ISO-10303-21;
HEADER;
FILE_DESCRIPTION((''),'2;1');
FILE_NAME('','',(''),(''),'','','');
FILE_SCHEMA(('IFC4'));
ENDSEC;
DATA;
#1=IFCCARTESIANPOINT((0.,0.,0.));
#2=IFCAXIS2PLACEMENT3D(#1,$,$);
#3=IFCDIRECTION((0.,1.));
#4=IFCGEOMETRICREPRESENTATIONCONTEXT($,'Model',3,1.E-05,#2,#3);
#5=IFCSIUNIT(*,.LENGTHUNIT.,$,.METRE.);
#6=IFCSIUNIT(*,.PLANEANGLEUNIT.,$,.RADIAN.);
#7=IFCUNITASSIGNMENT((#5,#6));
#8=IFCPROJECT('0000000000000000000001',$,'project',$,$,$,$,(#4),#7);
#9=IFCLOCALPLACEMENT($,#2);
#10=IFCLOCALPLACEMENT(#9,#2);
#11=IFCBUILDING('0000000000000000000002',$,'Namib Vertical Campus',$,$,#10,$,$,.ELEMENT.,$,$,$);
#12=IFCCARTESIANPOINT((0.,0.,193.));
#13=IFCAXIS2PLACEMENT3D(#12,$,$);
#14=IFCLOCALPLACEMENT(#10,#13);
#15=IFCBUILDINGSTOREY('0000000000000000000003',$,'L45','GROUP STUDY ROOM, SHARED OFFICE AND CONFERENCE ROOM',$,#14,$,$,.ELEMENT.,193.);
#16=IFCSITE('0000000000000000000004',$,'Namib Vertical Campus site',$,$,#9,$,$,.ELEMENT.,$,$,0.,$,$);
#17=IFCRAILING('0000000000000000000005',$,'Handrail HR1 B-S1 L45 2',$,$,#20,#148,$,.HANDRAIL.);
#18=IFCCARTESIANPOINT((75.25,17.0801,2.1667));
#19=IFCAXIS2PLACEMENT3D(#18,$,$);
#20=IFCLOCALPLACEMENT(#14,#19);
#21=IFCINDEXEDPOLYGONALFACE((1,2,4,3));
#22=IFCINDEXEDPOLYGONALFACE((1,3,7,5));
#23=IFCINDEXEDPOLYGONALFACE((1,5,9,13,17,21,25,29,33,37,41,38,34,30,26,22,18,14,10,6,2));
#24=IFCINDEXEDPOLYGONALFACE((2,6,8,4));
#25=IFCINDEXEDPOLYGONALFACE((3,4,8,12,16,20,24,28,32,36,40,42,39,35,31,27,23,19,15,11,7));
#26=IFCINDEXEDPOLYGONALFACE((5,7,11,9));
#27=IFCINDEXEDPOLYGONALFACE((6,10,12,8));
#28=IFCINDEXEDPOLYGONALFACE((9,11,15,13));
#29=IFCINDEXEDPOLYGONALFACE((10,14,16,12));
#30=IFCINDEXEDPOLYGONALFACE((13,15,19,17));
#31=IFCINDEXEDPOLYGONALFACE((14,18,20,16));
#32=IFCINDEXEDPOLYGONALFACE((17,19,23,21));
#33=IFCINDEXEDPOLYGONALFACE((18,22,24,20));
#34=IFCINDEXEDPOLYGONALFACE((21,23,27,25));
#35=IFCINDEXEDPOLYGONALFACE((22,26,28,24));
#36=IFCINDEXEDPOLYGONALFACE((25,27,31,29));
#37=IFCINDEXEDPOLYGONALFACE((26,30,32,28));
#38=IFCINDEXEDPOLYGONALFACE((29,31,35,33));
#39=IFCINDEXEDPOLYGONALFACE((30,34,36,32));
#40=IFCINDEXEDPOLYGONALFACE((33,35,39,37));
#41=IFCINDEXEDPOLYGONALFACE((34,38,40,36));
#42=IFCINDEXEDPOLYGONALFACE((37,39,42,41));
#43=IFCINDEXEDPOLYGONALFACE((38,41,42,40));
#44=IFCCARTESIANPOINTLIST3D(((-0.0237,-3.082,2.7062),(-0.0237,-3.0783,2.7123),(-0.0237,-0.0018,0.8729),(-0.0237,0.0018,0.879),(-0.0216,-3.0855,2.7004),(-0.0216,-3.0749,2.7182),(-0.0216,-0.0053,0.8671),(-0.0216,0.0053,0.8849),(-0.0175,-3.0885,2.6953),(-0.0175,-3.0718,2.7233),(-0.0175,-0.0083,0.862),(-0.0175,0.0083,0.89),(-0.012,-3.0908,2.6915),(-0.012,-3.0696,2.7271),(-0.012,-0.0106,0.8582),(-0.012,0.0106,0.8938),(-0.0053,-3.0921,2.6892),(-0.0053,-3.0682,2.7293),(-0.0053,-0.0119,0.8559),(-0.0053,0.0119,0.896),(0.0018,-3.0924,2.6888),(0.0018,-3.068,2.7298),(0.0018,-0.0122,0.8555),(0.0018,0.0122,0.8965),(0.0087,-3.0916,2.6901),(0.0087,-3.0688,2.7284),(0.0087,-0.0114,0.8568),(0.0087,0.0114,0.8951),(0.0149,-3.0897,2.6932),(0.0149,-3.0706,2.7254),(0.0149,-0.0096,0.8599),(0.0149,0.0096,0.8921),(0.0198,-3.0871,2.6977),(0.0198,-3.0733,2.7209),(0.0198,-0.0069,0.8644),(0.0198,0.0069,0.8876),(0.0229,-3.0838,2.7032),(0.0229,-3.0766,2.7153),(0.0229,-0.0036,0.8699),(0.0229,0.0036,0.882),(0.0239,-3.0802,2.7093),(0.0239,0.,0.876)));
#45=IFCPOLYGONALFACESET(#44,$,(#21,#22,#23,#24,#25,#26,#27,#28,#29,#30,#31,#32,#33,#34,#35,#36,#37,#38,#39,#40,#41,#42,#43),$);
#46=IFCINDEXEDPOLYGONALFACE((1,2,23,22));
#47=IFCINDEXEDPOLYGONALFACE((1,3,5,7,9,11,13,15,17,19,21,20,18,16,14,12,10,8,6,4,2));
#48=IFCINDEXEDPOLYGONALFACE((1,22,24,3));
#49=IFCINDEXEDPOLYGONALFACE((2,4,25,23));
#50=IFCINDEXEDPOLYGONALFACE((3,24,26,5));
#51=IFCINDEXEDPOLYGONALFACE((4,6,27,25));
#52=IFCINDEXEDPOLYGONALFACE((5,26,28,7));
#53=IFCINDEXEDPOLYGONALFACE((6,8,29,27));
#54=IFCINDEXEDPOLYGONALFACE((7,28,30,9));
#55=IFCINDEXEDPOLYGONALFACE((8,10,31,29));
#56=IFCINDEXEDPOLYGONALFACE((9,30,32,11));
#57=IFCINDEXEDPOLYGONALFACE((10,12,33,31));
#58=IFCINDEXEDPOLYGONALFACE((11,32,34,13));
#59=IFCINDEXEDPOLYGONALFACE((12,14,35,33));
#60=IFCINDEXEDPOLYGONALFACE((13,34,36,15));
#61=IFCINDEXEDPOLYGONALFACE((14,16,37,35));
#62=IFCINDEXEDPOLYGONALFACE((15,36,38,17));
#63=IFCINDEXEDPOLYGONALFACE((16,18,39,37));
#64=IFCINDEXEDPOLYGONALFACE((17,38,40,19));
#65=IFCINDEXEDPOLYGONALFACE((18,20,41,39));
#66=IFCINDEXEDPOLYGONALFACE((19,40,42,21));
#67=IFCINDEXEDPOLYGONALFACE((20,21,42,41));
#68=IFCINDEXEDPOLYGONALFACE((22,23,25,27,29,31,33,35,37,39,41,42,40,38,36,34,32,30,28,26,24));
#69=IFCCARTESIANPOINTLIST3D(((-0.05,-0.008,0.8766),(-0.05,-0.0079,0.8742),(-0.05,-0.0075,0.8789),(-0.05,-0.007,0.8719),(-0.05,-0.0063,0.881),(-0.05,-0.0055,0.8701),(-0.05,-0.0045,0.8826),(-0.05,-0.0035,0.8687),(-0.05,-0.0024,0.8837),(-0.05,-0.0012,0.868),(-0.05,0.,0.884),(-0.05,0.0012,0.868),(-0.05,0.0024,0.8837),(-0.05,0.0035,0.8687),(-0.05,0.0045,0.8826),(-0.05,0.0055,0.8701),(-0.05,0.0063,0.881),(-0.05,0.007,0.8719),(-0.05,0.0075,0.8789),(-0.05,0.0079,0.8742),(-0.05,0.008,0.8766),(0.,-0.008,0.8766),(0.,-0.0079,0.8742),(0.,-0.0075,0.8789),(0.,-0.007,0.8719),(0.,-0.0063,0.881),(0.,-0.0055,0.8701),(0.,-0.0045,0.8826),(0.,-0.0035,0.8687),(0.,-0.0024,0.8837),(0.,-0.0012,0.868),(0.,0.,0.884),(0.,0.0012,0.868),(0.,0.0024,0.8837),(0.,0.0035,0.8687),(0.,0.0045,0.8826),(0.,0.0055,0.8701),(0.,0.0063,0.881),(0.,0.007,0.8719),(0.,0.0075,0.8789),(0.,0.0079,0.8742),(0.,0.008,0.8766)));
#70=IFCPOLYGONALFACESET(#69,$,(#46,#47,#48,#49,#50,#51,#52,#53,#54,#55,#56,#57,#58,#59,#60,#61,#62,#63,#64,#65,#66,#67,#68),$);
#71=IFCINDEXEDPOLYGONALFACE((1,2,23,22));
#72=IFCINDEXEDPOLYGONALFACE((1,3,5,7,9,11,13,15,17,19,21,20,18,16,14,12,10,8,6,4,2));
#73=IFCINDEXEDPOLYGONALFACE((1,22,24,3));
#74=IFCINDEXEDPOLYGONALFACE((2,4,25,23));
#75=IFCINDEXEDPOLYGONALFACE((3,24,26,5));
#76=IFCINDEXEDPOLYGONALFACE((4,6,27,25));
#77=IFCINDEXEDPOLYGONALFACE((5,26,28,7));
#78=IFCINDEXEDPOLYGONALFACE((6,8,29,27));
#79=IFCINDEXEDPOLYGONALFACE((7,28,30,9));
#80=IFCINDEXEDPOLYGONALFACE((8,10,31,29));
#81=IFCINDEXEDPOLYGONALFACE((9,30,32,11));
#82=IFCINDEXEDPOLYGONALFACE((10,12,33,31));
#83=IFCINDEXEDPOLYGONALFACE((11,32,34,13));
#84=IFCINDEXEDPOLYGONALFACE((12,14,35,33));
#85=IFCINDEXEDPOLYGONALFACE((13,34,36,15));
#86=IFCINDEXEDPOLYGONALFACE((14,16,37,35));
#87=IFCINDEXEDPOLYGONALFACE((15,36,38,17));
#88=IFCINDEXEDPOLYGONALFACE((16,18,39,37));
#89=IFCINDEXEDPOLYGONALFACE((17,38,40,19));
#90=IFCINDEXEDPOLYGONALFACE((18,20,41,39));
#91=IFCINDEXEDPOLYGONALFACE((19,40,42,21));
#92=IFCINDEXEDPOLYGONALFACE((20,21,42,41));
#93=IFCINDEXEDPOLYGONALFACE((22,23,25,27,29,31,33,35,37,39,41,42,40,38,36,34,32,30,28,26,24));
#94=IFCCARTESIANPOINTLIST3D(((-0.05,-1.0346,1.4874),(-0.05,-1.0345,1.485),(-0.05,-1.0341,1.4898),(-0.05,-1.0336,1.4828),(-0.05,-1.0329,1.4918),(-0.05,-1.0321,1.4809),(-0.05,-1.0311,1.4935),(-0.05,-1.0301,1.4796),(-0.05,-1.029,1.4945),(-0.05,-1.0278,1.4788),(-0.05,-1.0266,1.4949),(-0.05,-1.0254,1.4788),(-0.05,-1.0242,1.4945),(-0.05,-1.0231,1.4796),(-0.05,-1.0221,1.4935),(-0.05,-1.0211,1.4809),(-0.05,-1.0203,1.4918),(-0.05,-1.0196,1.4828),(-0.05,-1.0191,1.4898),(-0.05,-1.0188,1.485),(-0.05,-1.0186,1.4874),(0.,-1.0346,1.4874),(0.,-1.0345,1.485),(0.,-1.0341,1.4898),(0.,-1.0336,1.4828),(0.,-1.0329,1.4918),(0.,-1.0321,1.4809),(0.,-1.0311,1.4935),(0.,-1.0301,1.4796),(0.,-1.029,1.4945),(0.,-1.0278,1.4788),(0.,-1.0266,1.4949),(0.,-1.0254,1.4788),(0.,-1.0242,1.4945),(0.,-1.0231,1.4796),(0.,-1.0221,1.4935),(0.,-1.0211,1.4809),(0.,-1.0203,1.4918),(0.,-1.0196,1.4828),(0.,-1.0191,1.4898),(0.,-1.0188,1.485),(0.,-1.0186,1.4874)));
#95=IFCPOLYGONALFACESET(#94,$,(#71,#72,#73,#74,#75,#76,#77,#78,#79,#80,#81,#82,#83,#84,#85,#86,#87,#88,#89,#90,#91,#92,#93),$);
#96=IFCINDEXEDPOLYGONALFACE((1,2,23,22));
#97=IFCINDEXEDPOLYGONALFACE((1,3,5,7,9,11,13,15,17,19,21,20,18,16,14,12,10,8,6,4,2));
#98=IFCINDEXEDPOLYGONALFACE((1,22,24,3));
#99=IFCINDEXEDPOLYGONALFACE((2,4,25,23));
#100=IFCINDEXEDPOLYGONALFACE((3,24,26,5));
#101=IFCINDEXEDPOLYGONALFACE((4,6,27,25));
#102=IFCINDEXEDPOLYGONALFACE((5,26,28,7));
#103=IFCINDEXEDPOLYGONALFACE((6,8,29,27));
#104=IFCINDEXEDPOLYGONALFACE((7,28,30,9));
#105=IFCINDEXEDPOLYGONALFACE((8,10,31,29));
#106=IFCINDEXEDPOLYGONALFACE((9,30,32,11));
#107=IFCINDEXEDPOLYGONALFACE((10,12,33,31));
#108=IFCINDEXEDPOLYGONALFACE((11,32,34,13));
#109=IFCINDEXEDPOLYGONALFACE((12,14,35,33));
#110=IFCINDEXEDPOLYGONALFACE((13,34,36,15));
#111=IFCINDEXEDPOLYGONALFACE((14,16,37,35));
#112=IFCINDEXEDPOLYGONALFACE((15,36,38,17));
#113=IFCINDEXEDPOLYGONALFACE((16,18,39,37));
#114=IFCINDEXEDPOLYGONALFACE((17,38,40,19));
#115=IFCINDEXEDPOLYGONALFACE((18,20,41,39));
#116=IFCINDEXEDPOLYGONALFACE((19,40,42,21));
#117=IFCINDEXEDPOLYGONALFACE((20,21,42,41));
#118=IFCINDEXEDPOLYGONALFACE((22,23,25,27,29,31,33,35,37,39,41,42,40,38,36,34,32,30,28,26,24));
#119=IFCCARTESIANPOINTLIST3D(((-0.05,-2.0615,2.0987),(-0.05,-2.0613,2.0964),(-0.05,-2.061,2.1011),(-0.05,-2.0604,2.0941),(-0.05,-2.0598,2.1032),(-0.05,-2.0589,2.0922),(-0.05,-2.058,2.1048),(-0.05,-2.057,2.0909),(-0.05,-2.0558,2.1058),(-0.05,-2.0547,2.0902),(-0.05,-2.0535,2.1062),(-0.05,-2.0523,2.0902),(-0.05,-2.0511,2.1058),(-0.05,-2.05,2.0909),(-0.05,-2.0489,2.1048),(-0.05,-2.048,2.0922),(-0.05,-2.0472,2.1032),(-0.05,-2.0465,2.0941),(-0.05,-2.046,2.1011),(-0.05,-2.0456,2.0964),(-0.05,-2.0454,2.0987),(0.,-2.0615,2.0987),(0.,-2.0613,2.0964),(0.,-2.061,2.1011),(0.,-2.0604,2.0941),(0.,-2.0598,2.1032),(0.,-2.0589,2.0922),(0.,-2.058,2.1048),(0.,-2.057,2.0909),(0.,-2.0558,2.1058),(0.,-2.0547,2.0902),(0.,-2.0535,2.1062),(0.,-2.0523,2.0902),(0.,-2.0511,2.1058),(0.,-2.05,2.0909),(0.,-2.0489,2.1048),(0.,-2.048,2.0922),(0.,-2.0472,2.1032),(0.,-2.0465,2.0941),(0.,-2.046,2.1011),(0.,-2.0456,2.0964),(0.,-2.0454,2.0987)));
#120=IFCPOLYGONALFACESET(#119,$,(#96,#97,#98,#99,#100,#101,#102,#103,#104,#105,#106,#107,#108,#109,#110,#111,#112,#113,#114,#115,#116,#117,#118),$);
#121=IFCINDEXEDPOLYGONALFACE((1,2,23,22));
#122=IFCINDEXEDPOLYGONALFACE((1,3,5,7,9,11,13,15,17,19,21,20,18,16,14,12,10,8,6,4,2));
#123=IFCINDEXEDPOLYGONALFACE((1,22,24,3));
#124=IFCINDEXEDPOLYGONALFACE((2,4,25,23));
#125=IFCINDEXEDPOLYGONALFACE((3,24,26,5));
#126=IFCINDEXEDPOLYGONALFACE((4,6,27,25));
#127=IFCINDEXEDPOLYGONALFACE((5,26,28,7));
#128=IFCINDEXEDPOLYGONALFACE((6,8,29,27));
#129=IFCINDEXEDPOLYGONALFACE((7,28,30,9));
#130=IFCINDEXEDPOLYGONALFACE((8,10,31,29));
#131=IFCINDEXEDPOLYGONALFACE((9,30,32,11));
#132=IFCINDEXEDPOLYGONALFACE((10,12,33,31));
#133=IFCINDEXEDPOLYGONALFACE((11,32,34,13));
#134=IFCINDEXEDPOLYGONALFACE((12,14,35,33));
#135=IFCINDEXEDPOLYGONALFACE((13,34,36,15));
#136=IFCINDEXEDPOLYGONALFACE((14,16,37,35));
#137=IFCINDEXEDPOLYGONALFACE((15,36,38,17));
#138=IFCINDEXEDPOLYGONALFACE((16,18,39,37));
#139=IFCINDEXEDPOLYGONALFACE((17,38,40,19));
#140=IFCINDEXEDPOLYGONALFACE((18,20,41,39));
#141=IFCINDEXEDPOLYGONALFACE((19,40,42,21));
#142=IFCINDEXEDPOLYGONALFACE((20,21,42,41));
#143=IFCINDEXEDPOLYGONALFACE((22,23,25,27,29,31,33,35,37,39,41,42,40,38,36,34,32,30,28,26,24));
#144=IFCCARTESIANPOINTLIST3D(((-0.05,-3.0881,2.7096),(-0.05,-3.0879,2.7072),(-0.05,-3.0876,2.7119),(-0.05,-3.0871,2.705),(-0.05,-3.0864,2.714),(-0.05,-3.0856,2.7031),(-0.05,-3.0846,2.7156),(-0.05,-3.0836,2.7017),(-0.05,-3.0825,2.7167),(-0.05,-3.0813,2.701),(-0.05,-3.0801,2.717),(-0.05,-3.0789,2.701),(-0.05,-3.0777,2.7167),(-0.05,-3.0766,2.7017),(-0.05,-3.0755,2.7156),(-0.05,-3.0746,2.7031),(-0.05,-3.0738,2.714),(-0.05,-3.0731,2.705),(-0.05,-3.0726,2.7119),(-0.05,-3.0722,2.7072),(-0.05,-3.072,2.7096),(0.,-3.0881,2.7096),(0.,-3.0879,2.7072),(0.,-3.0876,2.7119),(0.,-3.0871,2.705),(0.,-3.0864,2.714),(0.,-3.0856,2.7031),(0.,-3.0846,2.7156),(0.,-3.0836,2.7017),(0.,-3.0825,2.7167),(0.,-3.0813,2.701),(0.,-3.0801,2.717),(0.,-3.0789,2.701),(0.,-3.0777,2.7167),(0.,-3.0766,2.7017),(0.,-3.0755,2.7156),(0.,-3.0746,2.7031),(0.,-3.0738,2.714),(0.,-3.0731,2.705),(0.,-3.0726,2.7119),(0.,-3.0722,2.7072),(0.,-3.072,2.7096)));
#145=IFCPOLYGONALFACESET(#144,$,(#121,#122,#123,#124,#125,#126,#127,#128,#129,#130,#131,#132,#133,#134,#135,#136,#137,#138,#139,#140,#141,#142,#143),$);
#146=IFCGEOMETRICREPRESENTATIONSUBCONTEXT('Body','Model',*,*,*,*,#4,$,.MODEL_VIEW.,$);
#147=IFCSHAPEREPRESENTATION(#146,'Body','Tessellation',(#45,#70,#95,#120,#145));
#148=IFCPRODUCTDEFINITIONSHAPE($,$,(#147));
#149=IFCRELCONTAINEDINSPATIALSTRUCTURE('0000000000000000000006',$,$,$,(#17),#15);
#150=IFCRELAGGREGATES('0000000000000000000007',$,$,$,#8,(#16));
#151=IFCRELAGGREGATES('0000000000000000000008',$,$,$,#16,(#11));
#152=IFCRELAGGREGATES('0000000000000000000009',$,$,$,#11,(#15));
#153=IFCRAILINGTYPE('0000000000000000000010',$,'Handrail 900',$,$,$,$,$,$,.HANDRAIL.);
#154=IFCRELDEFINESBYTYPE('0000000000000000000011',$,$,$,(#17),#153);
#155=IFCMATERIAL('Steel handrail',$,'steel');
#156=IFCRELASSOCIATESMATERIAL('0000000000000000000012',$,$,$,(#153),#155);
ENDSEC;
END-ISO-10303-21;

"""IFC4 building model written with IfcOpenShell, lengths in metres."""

from ifc_helpers import new_model, si_unit, direction, frame, origin, origin_2d, place, context, subcontext, project, spatial, circle, extrude, material, type_object, element, save


model = new_model("IFC4")

# Units and contexts
model_context = context("Model", 3, precision=1e-05, world=origin(), true_north=direction((0.0, 1.0)))
body_context = subcontext(model_context, "Body", "Model", "MODEL_VIEW")
ifc_project = project(units=[si_unit("LENGTHUNIT", "METRE"), si_unit("PLANEANGLEUNIT", "RADIAN")], contexts=[model_context])

# Site, building, storey
site_placement = place(None, origin())
site = spatial("IfcSite", under=ifc_project, at=site_placement, Name="Namib Vertical Campus site", CompositionType="ELEMENT", RefElevation=0.0)
building_placement = place(site_placement, origin())
building = spatial("IfcBuilding", under=site, at=building_placement, Name="Namib Vertical Campus", CompositionType="ELEMENT")
storey_placement = place(building_placement, frame((0.0, 0.0, 193.0)))
storey = spatial("IfcBuildingStorey", under=building, at=storey_placement, Name="L45", Description="GROUP STUDY ROOM, SHARED OFFICE AND CONFERENCE ROOM", CompositionType="ELEMENT", Elevation=193.0)

# Railing
ifc_material_1 = material(Name="Steel handrail", Category="steel")
railing_type_1 = type_object("IfcRailingType", Name="Handrail 900", PredefinedType="HANDRAIL", material=ifc_material_1)
railing_1_placement = place(storey_placement, frame((75.25, 17.0801, 2.1667)))
element("IfcRailing", 1, at=railing_1_placement, inside=storey, type_object=railing_type_1, Name="Handrail HR1 B-S1 L45 2", PredefinedType="HANDRAIL", context=body_context, shape_type="SweptSolid", body=[
    extrude(circle(Radius=0.0239, at=origin_2d()), frame((0.0, 0.0, 0.876), z_axis=(0.0, -0.859309, 0.511458), x_axis=(1.0, 0.0, 0.0)), (0.0, 0.0, 1.0), 3.5845),
    extrude(circle(Radius=0.0081, at=origin_2d()), frame((0.0, 0.0, 0.876), z_axis=(-1.0, 0.0, 0.0), x_axis=(0.0, 0.0, 1.0)), (0.0, 0.0, 1.0), 0.05),
    extrude(circle(Radius=0.0081, at=origin_2d()), frame((0.0, -1.0266, 1.4868), z_axis=(-1.0, 0.0, 0.0), x_axis=(0.0, 0.0, 1.0)), (0.0, 0.0, 1.0), 0.05),
    extrude(circle(Radius=0.0081, at=origin_2d()), frame((0.0, -2.0535, 2.0981), z_axis=(-1.0, 0.0, 0.0), x_axis=(0.0, 0.0, 1.0)), (0.0, 0.0, 1.0), 0.05),
    extrude(circle(Radius=0.0081, at=origin_2d()), frame((0.0, -3.0801, 2.709), z_axis=(-1.0, 0.0, 0.0), x_axis=(0.0, 0.0, 1.0)), (0.0, 0.0, 1.0), 0.05),
])

save(model, "model.ifc")
